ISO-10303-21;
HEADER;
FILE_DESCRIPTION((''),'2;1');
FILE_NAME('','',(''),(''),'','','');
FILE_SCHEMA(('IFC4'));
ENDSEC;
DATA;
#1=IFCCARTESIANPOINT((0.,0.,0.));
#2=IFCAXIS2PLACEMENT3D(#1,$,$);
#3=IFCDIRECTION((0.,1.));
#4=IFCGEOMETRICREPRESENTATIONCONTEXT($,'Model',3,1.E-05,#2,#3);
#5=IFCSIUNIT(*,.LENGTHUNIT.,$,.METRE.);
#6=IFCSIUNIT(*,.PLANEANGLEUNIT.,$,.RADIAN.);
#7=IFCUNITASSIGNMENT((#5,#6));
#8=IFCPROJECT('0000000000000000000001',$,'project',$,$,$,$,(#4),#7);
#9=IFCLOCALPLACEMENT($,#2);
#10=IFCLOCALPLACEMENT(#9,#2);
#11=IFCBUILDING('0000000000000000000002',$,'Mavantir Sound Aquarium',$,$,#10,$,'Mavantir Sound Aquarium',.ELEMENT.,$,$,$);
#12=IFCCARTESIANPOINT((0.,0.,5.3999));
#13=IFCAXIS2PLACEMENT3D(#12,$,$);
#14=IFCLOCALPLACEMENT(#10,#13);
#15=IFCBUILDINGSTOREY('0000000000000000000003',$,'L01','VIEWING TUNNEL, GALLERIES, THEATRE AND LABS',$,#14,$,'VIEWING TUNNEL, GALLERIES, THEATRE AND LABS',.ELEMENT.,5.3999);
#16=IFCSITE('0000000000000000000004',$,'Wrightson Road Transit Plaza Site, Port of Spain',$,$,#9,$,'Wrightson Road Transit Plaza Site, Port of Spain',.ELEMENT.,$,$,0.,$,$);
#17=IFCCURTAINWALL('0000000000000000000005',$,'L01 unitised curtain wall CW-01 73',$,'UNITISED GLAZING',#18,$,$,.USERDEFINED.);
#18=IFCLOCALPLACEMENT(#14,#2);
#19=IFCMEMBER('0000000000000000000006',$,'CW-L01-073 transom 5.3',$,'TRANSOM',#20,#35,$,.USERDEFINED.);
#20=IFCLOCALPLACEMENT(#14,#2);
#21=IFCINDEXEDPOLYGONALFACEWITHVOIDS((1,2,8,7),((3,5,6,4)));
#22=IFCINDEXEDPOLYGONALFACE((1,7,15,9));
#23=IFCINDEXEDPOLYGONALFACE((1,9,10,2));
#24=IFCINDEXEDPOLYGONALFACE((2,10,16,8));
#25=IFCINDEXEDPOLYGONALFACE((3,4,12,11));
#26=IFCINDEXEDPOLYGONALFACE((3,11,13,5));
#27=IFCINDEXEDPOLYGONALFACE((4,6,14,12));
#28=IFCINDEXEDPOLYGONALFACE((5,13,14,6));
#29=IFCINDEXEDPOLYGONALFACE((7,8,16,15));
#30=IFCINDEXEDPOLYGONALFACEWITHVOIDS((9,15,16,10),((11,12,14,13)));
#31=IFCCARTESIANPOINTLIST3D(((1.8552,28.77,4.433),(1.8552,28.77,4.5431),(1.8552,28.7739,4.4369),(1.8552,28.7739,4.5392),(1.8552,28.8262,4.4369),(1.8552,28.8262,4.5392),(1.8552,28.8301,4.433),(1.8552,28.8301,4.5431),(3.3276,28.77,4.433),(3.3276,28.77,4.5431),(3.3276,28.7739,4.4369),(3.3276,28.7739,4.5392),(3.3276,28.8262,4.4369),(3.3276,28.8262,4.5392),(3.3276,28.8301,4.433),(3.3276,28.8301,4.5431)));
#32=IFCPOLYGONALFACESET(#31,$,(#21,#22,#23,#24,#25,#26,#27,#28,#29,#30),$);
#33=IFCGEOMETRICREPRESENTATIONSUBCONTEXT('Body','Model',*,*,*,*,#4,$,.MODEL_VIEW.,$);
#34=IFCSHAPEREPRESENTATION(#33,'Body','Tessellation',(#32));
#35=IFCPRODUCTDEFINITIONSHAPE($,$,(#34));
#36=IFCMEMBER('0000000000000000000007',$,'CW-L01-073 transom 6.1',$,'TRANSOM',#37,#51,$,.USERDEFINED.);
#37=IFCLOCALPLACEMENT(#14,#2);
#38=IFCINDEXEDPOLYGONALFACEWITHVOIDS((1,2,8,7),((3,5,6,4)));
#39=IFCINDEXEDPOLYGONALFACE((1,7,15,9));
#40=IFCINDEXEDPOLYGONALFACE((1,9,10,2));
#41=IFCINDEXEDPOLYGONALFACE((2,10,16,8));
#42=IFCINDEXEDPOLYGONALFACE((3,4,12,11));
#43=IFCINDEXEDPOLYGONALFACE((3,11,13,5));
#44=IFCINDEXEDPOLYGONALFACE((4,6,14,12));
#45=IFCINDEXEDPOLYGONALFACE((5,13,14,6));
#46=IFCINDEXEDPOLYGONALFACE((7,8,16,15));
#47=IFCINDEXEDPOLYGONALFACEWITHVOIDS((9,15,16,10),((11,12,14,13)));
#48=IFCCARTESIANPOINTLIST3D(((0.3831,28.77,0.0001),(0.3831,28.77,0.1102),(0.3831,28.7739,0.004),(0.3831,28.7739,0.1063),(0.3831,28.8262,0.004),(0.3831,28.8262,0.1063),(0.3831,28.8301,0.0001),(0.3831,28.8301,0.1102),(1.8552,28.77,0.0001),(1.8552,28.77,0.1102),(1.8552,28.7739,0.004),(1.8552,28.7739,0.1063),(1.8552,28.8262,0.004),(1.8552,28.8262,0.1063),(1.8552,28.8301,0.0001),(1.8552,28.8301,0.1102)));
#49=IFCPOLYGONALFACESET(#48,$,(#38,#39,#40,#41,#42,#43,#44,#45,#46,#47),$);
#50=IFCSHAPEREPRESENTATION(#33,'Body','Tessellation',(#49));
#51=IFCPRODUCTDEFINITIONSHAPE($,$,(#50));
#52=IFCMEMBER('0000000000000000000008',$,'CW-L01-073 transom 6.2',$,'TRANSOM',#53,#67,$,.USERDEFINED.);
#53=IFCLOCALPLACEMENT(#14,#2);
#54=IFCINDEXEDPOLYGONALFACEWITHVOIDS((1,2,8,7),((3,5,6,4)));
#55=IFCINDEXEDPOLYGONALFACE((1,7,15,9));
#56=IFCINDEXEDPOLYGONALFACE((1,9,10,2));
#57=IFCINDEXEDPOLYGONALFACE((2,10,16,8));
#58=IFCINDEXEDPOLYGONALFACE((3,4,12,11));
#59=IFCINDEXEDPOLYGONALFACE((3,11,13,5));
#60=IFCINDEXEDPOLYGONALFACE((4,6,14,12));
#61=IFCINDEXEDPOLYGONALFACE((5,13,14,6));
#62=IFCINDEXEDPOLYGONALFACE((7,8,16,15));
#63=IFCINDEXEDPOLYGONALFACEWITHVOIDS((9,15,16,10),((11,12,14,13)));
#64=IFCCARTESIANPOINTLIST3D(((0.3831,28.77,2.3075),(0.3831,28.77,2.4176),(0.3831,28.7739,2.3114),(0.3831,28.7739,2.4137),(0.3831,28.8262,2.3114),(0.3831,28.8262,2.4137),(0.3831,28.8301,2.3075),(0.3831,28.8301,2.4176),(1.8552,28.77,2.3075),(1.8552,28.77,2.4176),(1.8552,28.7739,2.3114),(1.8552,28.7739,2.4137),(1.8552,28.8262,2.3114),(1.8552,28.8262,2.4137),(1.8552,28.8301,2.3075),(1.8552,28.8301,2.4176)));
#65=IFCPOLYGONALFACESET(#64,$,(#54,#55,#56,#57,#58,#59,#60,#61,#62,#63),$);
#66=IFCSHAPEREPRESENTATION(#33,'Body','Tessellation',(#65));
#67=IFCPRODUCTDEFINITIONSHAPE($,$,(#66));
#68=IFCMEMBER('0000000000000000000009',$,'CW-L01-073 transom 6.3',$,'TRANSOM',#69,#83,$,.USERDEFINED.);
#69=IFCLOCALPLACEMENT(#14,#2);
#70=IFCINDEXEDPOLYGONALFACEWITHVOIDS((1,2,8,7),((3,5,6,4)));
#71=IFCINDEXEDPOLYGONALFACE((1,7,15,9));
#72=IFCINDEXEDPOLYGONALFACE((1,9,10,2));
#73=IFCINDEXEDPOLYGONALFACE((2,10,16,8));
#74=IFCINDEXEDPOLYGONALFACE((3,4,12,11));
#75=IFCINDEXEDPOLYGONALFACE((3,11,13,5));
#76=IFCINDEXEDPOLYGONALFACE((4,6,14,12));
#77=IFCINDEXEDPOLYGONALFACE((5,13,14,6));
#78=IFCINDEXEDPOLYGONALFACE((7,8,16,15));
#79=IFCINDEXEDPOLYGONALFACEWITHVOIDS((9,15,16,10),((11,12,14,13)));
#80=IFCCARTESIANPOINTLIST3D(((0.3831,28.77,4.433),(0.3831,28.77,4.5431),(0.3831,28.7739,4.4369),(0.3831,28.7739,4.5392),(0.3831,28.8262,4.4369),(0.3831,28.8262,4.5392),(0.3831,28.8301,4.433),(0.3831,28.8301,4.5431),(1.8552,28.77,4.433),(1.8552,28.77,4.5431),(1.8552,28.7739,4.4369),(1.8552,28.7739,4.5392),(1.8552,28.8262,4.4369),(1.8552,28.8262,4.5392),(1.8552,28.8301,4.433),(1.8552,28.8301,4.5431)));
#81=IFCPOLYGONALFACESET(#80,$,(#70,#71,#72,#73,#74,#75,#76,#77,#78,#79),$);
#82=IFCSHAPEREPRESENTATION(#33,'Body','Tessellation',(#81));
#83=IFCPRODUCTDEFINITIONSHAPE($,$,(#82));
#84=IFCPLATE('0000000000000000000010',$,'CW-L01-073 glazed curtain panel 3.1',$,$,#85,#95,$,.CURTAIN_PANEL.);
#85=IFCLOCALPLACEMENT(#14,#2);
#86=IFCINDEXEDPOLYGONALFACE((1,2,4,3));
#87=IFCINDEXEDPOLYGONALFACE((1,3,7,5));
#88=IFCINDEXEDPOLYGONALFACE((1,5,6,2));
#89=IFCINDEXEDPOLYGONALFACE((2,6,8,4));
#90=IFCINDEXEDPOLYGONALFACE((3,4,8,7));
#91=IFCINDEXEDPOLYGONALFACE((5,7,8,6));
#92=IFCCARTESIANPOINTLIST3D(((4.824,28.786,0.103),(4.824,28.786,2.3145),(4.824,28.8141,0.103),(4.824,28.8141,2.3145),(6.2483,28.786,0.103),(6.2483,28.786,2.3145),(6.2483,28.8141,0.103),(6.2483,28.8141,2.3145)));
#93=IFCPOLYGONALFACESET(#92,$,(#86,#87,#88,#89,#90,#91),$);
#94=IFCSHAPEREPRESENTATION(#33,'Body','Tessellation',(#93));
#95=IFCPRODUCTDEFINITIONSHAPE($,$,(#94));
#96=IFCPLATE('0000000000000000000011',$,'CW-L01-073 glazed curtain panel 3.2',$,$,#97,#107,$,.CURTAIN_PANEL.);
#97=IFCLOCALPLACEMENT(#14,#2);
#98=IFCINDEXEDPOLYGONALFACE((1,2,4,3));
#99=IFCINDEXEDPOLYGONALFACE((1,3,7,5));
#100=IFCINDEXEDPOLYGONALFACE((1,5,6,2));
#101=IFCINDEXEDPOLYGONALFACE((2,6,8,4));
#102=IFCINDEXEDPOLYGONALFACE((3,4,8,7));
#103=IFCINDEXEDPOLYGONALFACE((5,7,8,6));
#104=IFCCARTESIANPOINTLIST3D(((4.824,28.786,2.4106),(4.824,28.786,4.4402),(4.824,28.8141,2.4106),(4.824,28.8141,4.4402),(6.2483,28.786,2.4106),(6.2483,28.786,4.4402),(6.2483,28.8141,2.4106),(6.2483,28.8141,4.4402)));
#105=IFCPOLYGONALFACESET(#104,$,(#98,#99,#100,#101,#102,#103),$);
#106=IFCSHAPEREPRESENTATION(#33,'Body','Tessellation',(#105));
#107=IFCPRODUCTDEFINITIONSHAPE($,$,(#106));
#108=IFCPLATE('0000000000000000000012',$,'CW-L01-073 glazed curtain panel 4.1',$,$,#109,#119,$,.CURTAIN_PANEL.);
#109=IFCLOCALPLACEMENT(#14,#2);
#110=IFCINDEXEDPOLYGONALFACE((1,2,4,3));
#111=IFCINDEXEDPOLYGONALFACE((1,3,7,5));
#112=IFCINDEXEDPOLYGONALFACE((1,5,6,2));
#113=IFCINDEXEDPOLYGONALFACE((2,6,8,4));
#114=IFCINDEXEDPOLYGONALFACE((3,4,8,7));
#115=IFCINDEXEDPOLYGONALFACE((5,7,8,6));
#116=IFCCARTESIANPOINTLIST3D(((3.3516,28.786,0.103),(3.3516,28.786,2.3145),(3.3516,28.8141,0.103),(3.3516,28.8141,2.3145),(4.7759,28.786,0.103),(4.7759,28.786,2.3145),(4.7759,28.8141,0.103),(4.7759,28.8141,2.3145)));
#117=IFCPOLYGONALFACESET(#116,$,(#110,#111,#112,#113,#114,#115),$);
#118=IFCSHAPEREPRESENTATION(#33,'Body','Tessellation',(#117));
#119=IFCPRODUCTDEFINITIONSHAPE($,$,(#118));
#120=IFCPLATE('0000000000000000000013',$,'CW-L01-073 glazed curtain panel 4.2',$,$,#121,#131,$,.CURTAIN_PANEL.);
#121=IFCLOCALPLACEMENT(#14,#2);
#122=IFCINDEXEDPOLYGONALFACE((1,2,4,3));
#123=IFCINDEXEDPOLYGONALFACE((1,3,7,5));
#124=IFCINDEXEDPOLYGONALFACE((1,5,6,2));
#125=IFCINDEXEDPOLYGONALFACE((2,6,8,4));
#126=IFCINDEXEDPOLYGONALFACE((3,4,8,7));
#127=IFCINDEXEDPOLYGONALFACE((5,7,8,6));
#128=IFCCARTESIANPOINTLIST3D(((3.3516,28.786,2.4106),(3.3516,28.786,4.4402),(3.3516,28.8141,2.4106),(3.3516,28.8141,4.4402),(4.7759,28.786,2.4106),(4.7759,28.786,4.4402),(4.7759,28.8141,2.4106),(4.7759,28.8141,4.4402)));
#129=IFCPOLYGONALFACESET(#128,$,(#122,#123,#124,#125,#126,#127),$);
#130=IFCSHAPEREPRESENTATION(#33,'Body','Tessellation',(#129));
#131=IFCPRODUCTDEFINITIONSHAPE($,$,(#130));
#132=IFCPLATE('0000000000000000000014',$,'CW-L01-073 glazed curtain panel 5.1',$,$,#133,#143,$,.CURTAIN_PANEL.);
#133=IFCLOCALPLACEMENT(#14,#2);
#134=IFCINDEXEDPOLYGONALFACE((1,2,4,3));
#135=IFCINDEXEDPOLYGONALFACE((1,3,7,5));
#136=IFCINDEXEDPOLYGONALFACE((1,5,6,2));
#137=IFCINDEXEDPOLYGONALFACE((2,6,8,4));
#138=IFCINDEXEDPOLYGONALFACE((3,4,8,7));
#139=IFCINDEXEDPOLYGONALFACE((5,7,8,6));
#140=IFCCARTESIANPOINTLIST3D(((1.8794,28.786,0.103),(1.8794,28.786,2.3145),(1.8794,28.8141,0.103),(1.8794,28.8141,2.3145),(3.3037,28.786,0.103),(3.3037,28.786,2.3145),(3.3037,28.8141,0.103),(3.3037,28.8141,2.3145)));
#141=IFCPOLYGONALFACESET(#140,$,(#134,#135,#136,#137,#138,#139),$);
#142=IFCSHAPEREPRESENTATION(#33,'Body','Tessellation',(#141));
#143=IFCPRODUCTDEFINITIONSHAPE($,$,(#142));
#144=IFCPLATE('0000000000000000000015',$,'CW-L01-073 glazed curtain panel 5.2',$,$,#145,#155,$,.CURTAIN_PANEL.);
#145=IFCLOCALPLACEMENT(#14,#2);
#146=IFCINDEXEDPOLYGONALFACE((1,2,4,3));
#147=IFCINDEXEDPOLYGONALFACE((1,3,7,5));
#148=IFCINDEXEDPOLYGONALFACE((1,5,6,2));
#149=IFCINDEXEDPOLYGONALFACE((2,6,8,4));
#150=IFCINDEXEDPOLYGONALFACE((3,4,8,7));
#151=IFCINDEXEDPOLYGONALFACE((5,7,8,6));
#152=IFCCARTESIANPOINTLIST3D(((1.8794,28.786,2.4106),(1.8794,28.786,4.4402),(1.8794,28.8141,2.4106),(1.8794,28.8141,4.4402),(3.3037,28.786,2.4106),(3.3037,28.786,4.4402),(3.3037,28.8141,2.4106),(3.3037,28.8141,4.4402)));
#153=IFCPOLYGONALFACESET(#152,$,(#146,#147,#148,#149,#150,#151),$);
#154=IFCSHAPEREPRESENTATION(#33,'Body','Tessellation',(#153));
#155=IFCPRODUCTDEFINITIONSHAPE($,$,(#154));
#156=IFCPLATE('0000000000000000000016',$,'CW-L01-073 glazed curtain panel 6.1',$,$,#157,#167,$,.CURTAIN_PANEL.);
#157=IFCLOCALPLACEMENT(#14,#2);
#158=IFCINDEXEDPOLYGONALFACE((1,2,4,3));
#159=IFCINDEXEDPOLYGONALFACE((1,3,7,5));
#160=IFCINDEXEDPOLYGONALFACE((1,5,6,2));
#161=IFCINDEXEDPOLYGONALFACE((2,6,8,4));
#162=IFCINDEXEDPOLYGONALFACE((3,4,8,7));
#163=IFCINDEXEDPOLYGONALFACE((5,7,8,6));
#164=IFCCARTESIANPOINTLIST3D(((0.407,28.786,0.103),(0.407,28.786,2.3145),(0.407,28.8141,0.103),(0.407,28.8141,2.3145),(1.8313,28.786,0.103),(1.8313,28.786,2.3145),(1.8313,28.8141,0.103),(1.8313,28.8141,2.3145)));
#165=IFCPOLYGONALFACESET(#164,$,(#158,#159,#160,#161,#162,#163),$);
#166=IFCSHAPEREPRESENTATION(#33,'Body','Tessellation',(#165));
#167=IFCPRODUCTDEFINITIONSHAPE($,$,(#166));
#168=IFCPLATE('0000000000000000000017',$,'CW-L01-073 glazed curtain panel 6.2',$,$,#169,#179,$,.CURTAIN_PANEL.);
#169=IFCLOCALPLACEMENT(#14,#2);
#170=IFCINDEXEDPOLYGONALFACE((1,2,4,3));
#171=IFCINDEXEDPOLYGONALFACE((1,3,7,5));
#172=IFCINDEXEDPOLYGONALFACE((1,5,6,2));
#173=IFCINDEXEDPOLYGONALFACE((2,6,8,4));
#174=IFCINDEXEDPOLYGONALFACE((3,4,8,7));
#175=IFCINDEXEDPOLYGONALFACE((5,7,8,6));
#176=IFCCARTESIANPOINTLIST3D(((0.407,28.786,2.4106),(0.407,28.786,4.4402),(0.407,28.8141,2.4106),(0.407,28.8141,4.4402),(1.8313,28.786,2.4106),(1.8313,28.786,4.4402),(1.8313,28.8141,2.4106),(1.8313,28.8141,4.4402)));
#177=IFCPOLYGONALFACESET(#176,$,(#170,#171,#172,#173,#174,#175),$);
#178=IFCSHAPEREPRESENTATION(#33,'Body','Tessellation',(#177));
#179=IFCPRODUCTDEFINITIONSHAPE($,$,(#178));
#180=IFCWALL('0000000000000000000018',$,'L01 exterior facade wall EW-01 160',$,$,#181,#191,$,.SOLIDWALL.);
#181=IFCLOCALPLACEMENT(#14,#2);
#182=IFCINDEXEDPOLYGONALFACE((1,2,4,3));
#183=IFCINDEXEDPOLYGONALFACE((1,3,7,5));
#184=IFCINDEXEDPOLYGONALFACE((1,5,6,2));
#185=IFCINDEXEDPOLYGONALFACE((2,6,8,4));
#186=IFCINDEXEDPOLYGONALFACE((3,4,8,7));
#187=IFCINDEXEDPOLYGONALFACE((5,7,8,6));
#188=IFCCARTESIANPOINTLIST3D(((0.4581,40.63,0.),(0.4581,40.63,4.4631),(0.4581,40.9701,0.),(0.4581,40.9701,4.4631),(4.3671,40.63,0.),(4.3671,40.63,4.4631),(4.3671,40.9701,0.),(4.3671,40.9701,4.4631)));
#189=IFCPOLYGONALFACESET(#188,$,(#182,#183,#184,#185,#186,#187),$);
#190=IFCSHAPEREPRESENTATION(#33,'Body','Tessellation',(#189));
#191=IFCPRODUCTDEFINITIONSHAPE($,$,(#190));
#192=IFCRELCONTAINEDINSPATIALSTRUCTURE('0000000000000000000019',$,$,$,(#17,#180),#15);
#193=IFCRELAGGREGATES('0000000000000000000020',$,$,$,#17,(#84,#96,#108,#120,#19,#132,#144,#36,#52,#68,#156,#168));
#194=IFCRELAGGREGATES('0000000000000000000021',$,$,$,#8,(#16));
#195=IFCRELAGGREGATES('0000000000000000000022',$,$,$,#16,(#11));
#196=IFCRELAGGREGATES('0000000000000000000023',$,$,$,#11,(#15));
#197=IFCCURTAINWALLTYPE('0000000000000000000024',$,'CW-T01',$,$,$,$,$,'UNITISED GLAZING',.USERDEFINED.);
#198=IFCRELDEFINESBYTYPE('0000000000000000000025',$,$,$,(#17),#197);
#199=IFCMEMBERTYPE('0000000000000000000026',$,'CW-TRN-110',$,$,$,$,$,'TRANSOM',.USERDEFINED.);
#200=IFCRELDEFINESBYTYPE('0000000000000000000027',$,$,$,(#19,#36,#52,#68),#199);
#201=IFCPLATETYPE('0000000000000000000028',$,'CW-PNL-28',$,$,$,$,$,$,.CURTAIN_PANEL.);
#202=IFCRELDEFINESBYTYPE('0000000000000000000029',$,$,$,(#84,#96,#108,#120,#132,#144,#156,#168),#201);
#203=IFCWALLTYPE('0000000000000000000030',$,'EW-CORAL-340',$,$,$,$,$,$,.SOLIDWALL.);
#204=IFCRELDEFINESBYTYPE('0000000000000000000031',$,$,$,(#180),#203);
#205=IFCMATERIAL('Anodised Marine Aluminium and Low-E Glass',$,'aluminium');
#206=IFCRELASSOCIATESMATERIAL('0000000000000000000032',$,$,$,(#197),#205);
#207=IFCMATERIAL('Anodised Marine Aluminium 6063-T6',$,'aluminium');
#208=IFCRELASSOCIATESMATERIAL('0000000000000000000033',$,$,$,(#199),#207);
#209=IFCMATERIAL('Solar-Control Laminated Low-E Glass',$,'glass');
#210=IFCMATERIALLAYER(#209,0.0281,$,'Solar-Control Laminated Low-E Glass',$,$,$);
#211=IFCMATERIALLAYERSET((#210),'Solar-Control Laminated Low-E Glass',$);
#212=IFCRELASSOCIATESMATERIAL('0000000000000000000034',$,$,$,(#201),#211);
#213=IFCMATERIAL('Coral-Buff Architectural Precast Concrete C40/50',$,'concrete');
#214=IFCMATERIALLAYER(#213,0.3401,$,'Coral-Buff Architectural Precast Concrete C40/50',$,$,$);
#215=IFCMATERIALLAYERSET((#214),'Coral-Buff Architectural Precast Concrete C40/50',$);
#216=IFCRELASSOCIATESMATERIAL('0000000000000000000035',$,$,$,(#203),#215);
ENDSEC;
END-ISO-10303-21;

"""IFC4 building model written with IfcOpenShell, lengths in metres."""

from ifc_helpers import new_model, si_unit, direction, frame, frame_2d, origin, origin_2d, place, context, subcontext, project, spatial, rectangle, hollow_rectangle, extrude, material, layer, layer_set, material_profile, profile_set, type_object, element, aggregate, save


model = new_model("IFC4")

# Units and contexts
model_context = context("Model", 3, precision=1e-05, world=origin(), true_north=direction((0.0, 1.0)))
body_context = subcontext(model_context, "Body", "Model", "MODEL_VIEW")
ifc_project = project(units=[si_unit("LENGTHUNIT", "METRE"), si_unit("PLANEANGLEUNIT", "RADIAN")], contexts=[model_context])

# Site, building, storey
site_placement = place(None, origin())
site = spatial("IfcSite", under=ifc_project, at=site_placement, Name="Wrightson Road Transit Plaza Site, Port of Spain", LongName="Wrightson Road Transit Plaza Site, Port of Spain", CompositionType="ELEMENT", RefElevation=0.0)
building_placement = place(site_placement, origin())
building = spatial("IfcBuilding", under=site, at=building_placement, Name="Mavantir Sound Aquarium", LongName="Mavantir Sound Aquarium", CompositionType="ELEMENT")
storey_placement = place(building_placement, frame((0.0, 0.0, 5.3999)))
storey = spatial("IfcBuildingStorey", under=building, at=storey_placement, Name="L01", Description="VIEWING TUNNEL, GALLERIES, THEATRE AND LABS", LongName="VIEWING TUNNEL, GALLERIES, THEATRE AND LABS", CompositionType="ELEMENT", Elevation=5.3999)

# Curtain wall, members, plates
ifc_material_1 = material(Name="Anodised Marine Aluminium and Low-E Glass", Category="aluminium")
curtain_wall_type = type_object("IfcCurtainWallType", Name="CW-T01", ElementType="UNITISED GLAZING", PredefinedType="USERDEFINED", material=ifc_material_1)
curtain_wall_placement = place(storey_placement, origin())
curtain_wall = element("IfcCurtainWall", 1, at=curtain_wall_placement, inside=storey, type_object=curtain_wall_type, Name="L01 unitised curtain wall CW-01 73", ObjectType="UNITISED GLAZING", PredefinedType="USERDEFINED")
ifc_material_2 = material(Name="Anodised Marine Aluminium 6063-T6", Category="aluminium")
ifc_material_profile_1 = material_profile(ifc_material_2, hollow_rectangle(XDim=0.0601, YDim=0.1101, WallThickness=0.0039, at=origin_2d()), Name="ALU-TRANSOM-110X60")
ifc_profile_set_1 = profile_set([ifc_material_profile_1], Name="Anodised Marine Aluminium 6063-T6")
member_type_1 = type_object("IfcMemberType", Name="CW-TRN-110", ElementType="TRANSOM", PredefinedType="USERDEFINED", material=ifc_profile_set_1)
member_1_placement = place(storey_placement, frame((3.3276, 28.8, 4.488), z_axis=(-1.0, 0.0, 0.0), x_axis=(0.0, -1.0, 0.0)))
member_1 = element("IfcMember", 2, at=member_1_placement, type_object=member_type_1, Name="CW-L01-073 transom 5.3", ObjectType="TRANSOM", PredefinedType="USERDEFINED", context=body_context, shape_type="SweptSolid", body=[
    extrude(hollow_rectangle(XDim=0.0601, YDim=0.1101, WallThickness=0.0039, at=origin_2d()), origin(), (0.0, 0.0, 1.0), 1.4724),
])
member_2_placement = place(storey_placement, frame((1.8552, 28.8, 0.0552), z_axis=(-1.0, 0.0, 0.0), x_axis=(0.0, -1.0, 0.0)))
member_2 = element("IfcMember", 3, at=member_2_placement, type_object=member_type_1, Name="CW-L01-073 transom 6.1", ObjectType="TRANSOM", PredefinedType="USERDEFINED", context=body_context, shape_type="SweptSolid", body=[
    extrude(hollow_rectangle(XDim=0.0601, YDim=0.1101, WallThickness=0.0039, at=origin_2d()), origin(), (0.0, 0.0, 1.0), 1.4722),
])
member_3_placement = place(storey_placement, frame((1.8552, 28.8, 2.3625), z_axis=(-1.0, 0.0, 0.0), x_axis=(0.0, -1.0, 0.0)))
member_3 = element("IfcMember", 4, at=member_3_placement, type_object=member_type_1, Name="CW-L01-073 transom 6.2", ObjectType="TRANSOM", PredefinedType="USERDEFINED", context=body_context, shape_type="SweptSolid", body=[
    extrude(hollow_rectangle(XDim=0.0601, YDim=0.1101, WallThickness=0.0039, at=origin_2d()), origin(), (0.0, 0.0, 1.0), 1.4722),
])
member_4_placement = place(storey_placement, frame((1.8552, 28.8, 4.488), z_axis=(-1.0, 0.0, 0.0), x_axis=(0.0, -1.0, 0.0)))
member_4 = element("IfcMember", 5, at=member_4_placement, type_object=member_type_1, Name="CW-L01-073 transom 6.3", ObjectType="TRANSOM", PredefinedType="USERDEFINED", context=body_context, shape_type="SweptSolid", body=[
    extrude(hollow_rectangle(XDim=0.0601, YDim=0.1101, WallThickness=0.0039, at=origin_2d()), origin(), (0.0, 0.0, 1.0), 1.4722),
])
ifc_material_3 = material(Name="Solar-Control Laminated Low-E Glass", Category="glass")
ifc_layer_1 = layer(ifc_material_3, 0.0281, Name="Solar-Control Laminated Low-E Glass")
ifc_layer_set_1 = layer_set([ifc_layer_1], Name="Solar-Control Laminated Low-E Glass")
plate_type = type_object("IfcPlateType", Name="CW-PNL-28", PredefinedType="CURTAIN_PANEL", material=ifc_layer_set_1)
plate_1_placement = place(storey_placement, frame((5.5361, 28.8, 0.103), z_axis=(0.0, 0.0, 1.0), x_axis=(-1.0, 0.0, 0.0)))
plate_1 = element("IfcPlate", 6, at=plate_1_placement, type_object=plate_type, Name="CW-L01-073 glazed curtain panel 3.1", PredefinedType="CURTAIN_PANEL", context=body_context, shape_type="SweptSolid", body=[
    extrude(rectangle(XDim=1.4243, YDim=0.0281, at=origin_2d()), origin(), (0.0, 0.0, 1.0), 2.2114),
])
plate_2_placement = place(storey_placement, frame((5.5361, 28.8, 2.4106), z_axis=(0.0, 0.0, 1.0), x_axis=(-1.0, 0.0, 0.0)))
plate_2 = element("IfcPlate", 7, at=plate_2_placement, type_object=plate_type, Name="CW-L01-073 glazed curtain panel 3.2", PredefinedType="CURTAIN_PANEL", context=body_context, shape_type="SweptSolid", body=[
    extrude(rectangle(XDim=1.4243, YDim=0.0281, at=origin_2d()), origin(), (0.0, 0.0, 1.0), 2.0295),
])
plate_3_placement = place(storey_placement, frame((4.0637, 28.8, 0.103), z_axis=(0.0, 0.0, 1.0), x_axis=(-1.0, 0.0, 0.0)))
plate_3 = element("IfcPlate", 8, at=plate_3_placement, type_object=plate_type, Name="CW-L01-073 glazed curtain panel 4.1", PredefinedType="CURTAIN_PANEL", context=body_context, shape_type="SweptSolid", body=[
    extrude(rectangle(XDim=1.4243, YDim=0.0281, at=origin_2d()), origin(), (0.0, 0.0, 1.0), 2.2114),
])
plate_4_placement = place(storey_placement, frame((4.0637, 28.8, 2.4106), z_axis=(0.0, 0.0, 1.0), x_axis=(-1.0, 0.0, 0.0)))
plate_4 = element("IfcPlate", 9, at=plate_4_placement, type_object=plate_type, Name="CW-L01-073 glazed curtain panel 4.2", PredefinedType="CURTAIN_PANEL", context=body_context, shape_type="SweptSolid", body=[
    extrude(rectangle(XDim=1.4243, YDim=0.0281, at=origin_2d()), origin(), (0.0, 0.0, 1.0), 2.0295),
])
plate_5_placement = place(storey_placement, frame((2.5916, 28.8, 0.103), z_axis=(0.0, 0.0, 1.0), x_axis=(-1.0, 0.0, 0.0)))
plate_5 = element("IfcPlate", 10, at=plate_5_placement, type_object=plate_type, Name="CW-L01-073 glazed curtain panel 5.1", PredefinedType="CURTAIN_PANEL", context=body_context, shape_type="SweptSolid", body=[
    extrude(rectangle(XDim=1.4243, YDim=0.0281, at=origin_2d()), origin(), (0.0, 0.0, 1.0), 2.2114),
])
plate_6_placement = place(storey_placement, frame((2.5916, 28.8, 2.4106), z_axis=(0.0, 0.0, 1.0), x_axis=(-1.0, 0.0, 0.0)))
plate_6 = element("IfcPlate", 11, at=plate_6_placement, type_object=plate_type, Name="CW-L01-073 glazed curtain panel 5.2", PredefinedType="CURTAIN_PANEL", context=body_context, shape_type="SweptSolid", body=[
    extrude(rectangle(XDim=1.4243, YDim=0.0281, at=origin_2d()), origin(), (0.0, 0.0, 1.0), 2.0295),
])
plate_7_placement = place(storey_placement, frame((1.1191, 28.8, 0.103), z_axis=(0.0, 0.0, 1.0), x_axis=(-1.0, 0.0, 0.0)))
plate_7 = element("IfcPlate", 12, at=plate_7_placement, type_object=plate_type, Name="CW-L01-073 glazed curtain panel 6.1", PredefinedType="CURTAIN_PANEL", context=body_context, shape_type="SweptSolid", body=[
    extrude(rectangle(XDim=1.4243, YDim=0.0281, at=origin_2d()), origin(), (0.0, 0.0, 1.0), 2.2114),
])
plate_8_placement = place(storey_placement, frame((1.1191, 28.8, 2.4106), z_axis=(0.0, 0.0, 1.0), x_axis=(-1.0, 0.0, 0.0)))
plate_8 = element("IfcPlate", 13, at=plate_8_placement, type_object=plate_type, Name="CW-L01-073 glazed curtain panel 6.2", PredefinedType="CURTAIN_PANEL", context=body_context, shape_type="SweptSolid", body=[
    extrude(rectangle(XDim=1.4243, YDim=0.0281, at=origin_2d()), origin(), (0.0, 0.0, 1.0), 2.0295),
])
aggregate(curtain_wall, [plate_1, plate_2, plate_3, plate_4, member_1, plate_5, plate_6, member_2, member_3, member_4, plate_7, plate_8])

# Wall
ifc_material_4 = material(Name="Coral-Buff Architectural Precast Concrete C40/50", Category="concrete")
ifc_layer_2 = layer(ifc_material_4, 0.3401, Name="Coral-Buff Architectural Precast Concrete C40/50")
ifc_layer_set_2 = layer_set([ifc_layer_2], Name="Coral-Buff Architectural Precast Concrete C40/50")
wall_type = type_object("IfcWallType", Name="EW-CORAL-340", PredefinedType="SOLIDWALL", material=ifc_layer_set_2)
wall_1_placement = place(storey_placement, frame((0.458, 40.8, 0.0), z_axis=(0.0, 0.0, 1.0), x_axis=(1.0, 0.0, 0.0)))
element("IfcWall", 14, at=wall_1_placement, inside=storey, type_object=wall_type, Name="L01 exterior facade wall EW-01 160", PredefinedType="SOLIDWALL", context=body_context, shape_type="SweptSolid", body=[
    extrude(rectangle(XDim=3.9089, YDim=0.3401, at=frame_2d((1.9546, 0.0))), origin(), (0.0, 0.0, 1.0), 4.4631),
])

save(model, "model.ifc")
